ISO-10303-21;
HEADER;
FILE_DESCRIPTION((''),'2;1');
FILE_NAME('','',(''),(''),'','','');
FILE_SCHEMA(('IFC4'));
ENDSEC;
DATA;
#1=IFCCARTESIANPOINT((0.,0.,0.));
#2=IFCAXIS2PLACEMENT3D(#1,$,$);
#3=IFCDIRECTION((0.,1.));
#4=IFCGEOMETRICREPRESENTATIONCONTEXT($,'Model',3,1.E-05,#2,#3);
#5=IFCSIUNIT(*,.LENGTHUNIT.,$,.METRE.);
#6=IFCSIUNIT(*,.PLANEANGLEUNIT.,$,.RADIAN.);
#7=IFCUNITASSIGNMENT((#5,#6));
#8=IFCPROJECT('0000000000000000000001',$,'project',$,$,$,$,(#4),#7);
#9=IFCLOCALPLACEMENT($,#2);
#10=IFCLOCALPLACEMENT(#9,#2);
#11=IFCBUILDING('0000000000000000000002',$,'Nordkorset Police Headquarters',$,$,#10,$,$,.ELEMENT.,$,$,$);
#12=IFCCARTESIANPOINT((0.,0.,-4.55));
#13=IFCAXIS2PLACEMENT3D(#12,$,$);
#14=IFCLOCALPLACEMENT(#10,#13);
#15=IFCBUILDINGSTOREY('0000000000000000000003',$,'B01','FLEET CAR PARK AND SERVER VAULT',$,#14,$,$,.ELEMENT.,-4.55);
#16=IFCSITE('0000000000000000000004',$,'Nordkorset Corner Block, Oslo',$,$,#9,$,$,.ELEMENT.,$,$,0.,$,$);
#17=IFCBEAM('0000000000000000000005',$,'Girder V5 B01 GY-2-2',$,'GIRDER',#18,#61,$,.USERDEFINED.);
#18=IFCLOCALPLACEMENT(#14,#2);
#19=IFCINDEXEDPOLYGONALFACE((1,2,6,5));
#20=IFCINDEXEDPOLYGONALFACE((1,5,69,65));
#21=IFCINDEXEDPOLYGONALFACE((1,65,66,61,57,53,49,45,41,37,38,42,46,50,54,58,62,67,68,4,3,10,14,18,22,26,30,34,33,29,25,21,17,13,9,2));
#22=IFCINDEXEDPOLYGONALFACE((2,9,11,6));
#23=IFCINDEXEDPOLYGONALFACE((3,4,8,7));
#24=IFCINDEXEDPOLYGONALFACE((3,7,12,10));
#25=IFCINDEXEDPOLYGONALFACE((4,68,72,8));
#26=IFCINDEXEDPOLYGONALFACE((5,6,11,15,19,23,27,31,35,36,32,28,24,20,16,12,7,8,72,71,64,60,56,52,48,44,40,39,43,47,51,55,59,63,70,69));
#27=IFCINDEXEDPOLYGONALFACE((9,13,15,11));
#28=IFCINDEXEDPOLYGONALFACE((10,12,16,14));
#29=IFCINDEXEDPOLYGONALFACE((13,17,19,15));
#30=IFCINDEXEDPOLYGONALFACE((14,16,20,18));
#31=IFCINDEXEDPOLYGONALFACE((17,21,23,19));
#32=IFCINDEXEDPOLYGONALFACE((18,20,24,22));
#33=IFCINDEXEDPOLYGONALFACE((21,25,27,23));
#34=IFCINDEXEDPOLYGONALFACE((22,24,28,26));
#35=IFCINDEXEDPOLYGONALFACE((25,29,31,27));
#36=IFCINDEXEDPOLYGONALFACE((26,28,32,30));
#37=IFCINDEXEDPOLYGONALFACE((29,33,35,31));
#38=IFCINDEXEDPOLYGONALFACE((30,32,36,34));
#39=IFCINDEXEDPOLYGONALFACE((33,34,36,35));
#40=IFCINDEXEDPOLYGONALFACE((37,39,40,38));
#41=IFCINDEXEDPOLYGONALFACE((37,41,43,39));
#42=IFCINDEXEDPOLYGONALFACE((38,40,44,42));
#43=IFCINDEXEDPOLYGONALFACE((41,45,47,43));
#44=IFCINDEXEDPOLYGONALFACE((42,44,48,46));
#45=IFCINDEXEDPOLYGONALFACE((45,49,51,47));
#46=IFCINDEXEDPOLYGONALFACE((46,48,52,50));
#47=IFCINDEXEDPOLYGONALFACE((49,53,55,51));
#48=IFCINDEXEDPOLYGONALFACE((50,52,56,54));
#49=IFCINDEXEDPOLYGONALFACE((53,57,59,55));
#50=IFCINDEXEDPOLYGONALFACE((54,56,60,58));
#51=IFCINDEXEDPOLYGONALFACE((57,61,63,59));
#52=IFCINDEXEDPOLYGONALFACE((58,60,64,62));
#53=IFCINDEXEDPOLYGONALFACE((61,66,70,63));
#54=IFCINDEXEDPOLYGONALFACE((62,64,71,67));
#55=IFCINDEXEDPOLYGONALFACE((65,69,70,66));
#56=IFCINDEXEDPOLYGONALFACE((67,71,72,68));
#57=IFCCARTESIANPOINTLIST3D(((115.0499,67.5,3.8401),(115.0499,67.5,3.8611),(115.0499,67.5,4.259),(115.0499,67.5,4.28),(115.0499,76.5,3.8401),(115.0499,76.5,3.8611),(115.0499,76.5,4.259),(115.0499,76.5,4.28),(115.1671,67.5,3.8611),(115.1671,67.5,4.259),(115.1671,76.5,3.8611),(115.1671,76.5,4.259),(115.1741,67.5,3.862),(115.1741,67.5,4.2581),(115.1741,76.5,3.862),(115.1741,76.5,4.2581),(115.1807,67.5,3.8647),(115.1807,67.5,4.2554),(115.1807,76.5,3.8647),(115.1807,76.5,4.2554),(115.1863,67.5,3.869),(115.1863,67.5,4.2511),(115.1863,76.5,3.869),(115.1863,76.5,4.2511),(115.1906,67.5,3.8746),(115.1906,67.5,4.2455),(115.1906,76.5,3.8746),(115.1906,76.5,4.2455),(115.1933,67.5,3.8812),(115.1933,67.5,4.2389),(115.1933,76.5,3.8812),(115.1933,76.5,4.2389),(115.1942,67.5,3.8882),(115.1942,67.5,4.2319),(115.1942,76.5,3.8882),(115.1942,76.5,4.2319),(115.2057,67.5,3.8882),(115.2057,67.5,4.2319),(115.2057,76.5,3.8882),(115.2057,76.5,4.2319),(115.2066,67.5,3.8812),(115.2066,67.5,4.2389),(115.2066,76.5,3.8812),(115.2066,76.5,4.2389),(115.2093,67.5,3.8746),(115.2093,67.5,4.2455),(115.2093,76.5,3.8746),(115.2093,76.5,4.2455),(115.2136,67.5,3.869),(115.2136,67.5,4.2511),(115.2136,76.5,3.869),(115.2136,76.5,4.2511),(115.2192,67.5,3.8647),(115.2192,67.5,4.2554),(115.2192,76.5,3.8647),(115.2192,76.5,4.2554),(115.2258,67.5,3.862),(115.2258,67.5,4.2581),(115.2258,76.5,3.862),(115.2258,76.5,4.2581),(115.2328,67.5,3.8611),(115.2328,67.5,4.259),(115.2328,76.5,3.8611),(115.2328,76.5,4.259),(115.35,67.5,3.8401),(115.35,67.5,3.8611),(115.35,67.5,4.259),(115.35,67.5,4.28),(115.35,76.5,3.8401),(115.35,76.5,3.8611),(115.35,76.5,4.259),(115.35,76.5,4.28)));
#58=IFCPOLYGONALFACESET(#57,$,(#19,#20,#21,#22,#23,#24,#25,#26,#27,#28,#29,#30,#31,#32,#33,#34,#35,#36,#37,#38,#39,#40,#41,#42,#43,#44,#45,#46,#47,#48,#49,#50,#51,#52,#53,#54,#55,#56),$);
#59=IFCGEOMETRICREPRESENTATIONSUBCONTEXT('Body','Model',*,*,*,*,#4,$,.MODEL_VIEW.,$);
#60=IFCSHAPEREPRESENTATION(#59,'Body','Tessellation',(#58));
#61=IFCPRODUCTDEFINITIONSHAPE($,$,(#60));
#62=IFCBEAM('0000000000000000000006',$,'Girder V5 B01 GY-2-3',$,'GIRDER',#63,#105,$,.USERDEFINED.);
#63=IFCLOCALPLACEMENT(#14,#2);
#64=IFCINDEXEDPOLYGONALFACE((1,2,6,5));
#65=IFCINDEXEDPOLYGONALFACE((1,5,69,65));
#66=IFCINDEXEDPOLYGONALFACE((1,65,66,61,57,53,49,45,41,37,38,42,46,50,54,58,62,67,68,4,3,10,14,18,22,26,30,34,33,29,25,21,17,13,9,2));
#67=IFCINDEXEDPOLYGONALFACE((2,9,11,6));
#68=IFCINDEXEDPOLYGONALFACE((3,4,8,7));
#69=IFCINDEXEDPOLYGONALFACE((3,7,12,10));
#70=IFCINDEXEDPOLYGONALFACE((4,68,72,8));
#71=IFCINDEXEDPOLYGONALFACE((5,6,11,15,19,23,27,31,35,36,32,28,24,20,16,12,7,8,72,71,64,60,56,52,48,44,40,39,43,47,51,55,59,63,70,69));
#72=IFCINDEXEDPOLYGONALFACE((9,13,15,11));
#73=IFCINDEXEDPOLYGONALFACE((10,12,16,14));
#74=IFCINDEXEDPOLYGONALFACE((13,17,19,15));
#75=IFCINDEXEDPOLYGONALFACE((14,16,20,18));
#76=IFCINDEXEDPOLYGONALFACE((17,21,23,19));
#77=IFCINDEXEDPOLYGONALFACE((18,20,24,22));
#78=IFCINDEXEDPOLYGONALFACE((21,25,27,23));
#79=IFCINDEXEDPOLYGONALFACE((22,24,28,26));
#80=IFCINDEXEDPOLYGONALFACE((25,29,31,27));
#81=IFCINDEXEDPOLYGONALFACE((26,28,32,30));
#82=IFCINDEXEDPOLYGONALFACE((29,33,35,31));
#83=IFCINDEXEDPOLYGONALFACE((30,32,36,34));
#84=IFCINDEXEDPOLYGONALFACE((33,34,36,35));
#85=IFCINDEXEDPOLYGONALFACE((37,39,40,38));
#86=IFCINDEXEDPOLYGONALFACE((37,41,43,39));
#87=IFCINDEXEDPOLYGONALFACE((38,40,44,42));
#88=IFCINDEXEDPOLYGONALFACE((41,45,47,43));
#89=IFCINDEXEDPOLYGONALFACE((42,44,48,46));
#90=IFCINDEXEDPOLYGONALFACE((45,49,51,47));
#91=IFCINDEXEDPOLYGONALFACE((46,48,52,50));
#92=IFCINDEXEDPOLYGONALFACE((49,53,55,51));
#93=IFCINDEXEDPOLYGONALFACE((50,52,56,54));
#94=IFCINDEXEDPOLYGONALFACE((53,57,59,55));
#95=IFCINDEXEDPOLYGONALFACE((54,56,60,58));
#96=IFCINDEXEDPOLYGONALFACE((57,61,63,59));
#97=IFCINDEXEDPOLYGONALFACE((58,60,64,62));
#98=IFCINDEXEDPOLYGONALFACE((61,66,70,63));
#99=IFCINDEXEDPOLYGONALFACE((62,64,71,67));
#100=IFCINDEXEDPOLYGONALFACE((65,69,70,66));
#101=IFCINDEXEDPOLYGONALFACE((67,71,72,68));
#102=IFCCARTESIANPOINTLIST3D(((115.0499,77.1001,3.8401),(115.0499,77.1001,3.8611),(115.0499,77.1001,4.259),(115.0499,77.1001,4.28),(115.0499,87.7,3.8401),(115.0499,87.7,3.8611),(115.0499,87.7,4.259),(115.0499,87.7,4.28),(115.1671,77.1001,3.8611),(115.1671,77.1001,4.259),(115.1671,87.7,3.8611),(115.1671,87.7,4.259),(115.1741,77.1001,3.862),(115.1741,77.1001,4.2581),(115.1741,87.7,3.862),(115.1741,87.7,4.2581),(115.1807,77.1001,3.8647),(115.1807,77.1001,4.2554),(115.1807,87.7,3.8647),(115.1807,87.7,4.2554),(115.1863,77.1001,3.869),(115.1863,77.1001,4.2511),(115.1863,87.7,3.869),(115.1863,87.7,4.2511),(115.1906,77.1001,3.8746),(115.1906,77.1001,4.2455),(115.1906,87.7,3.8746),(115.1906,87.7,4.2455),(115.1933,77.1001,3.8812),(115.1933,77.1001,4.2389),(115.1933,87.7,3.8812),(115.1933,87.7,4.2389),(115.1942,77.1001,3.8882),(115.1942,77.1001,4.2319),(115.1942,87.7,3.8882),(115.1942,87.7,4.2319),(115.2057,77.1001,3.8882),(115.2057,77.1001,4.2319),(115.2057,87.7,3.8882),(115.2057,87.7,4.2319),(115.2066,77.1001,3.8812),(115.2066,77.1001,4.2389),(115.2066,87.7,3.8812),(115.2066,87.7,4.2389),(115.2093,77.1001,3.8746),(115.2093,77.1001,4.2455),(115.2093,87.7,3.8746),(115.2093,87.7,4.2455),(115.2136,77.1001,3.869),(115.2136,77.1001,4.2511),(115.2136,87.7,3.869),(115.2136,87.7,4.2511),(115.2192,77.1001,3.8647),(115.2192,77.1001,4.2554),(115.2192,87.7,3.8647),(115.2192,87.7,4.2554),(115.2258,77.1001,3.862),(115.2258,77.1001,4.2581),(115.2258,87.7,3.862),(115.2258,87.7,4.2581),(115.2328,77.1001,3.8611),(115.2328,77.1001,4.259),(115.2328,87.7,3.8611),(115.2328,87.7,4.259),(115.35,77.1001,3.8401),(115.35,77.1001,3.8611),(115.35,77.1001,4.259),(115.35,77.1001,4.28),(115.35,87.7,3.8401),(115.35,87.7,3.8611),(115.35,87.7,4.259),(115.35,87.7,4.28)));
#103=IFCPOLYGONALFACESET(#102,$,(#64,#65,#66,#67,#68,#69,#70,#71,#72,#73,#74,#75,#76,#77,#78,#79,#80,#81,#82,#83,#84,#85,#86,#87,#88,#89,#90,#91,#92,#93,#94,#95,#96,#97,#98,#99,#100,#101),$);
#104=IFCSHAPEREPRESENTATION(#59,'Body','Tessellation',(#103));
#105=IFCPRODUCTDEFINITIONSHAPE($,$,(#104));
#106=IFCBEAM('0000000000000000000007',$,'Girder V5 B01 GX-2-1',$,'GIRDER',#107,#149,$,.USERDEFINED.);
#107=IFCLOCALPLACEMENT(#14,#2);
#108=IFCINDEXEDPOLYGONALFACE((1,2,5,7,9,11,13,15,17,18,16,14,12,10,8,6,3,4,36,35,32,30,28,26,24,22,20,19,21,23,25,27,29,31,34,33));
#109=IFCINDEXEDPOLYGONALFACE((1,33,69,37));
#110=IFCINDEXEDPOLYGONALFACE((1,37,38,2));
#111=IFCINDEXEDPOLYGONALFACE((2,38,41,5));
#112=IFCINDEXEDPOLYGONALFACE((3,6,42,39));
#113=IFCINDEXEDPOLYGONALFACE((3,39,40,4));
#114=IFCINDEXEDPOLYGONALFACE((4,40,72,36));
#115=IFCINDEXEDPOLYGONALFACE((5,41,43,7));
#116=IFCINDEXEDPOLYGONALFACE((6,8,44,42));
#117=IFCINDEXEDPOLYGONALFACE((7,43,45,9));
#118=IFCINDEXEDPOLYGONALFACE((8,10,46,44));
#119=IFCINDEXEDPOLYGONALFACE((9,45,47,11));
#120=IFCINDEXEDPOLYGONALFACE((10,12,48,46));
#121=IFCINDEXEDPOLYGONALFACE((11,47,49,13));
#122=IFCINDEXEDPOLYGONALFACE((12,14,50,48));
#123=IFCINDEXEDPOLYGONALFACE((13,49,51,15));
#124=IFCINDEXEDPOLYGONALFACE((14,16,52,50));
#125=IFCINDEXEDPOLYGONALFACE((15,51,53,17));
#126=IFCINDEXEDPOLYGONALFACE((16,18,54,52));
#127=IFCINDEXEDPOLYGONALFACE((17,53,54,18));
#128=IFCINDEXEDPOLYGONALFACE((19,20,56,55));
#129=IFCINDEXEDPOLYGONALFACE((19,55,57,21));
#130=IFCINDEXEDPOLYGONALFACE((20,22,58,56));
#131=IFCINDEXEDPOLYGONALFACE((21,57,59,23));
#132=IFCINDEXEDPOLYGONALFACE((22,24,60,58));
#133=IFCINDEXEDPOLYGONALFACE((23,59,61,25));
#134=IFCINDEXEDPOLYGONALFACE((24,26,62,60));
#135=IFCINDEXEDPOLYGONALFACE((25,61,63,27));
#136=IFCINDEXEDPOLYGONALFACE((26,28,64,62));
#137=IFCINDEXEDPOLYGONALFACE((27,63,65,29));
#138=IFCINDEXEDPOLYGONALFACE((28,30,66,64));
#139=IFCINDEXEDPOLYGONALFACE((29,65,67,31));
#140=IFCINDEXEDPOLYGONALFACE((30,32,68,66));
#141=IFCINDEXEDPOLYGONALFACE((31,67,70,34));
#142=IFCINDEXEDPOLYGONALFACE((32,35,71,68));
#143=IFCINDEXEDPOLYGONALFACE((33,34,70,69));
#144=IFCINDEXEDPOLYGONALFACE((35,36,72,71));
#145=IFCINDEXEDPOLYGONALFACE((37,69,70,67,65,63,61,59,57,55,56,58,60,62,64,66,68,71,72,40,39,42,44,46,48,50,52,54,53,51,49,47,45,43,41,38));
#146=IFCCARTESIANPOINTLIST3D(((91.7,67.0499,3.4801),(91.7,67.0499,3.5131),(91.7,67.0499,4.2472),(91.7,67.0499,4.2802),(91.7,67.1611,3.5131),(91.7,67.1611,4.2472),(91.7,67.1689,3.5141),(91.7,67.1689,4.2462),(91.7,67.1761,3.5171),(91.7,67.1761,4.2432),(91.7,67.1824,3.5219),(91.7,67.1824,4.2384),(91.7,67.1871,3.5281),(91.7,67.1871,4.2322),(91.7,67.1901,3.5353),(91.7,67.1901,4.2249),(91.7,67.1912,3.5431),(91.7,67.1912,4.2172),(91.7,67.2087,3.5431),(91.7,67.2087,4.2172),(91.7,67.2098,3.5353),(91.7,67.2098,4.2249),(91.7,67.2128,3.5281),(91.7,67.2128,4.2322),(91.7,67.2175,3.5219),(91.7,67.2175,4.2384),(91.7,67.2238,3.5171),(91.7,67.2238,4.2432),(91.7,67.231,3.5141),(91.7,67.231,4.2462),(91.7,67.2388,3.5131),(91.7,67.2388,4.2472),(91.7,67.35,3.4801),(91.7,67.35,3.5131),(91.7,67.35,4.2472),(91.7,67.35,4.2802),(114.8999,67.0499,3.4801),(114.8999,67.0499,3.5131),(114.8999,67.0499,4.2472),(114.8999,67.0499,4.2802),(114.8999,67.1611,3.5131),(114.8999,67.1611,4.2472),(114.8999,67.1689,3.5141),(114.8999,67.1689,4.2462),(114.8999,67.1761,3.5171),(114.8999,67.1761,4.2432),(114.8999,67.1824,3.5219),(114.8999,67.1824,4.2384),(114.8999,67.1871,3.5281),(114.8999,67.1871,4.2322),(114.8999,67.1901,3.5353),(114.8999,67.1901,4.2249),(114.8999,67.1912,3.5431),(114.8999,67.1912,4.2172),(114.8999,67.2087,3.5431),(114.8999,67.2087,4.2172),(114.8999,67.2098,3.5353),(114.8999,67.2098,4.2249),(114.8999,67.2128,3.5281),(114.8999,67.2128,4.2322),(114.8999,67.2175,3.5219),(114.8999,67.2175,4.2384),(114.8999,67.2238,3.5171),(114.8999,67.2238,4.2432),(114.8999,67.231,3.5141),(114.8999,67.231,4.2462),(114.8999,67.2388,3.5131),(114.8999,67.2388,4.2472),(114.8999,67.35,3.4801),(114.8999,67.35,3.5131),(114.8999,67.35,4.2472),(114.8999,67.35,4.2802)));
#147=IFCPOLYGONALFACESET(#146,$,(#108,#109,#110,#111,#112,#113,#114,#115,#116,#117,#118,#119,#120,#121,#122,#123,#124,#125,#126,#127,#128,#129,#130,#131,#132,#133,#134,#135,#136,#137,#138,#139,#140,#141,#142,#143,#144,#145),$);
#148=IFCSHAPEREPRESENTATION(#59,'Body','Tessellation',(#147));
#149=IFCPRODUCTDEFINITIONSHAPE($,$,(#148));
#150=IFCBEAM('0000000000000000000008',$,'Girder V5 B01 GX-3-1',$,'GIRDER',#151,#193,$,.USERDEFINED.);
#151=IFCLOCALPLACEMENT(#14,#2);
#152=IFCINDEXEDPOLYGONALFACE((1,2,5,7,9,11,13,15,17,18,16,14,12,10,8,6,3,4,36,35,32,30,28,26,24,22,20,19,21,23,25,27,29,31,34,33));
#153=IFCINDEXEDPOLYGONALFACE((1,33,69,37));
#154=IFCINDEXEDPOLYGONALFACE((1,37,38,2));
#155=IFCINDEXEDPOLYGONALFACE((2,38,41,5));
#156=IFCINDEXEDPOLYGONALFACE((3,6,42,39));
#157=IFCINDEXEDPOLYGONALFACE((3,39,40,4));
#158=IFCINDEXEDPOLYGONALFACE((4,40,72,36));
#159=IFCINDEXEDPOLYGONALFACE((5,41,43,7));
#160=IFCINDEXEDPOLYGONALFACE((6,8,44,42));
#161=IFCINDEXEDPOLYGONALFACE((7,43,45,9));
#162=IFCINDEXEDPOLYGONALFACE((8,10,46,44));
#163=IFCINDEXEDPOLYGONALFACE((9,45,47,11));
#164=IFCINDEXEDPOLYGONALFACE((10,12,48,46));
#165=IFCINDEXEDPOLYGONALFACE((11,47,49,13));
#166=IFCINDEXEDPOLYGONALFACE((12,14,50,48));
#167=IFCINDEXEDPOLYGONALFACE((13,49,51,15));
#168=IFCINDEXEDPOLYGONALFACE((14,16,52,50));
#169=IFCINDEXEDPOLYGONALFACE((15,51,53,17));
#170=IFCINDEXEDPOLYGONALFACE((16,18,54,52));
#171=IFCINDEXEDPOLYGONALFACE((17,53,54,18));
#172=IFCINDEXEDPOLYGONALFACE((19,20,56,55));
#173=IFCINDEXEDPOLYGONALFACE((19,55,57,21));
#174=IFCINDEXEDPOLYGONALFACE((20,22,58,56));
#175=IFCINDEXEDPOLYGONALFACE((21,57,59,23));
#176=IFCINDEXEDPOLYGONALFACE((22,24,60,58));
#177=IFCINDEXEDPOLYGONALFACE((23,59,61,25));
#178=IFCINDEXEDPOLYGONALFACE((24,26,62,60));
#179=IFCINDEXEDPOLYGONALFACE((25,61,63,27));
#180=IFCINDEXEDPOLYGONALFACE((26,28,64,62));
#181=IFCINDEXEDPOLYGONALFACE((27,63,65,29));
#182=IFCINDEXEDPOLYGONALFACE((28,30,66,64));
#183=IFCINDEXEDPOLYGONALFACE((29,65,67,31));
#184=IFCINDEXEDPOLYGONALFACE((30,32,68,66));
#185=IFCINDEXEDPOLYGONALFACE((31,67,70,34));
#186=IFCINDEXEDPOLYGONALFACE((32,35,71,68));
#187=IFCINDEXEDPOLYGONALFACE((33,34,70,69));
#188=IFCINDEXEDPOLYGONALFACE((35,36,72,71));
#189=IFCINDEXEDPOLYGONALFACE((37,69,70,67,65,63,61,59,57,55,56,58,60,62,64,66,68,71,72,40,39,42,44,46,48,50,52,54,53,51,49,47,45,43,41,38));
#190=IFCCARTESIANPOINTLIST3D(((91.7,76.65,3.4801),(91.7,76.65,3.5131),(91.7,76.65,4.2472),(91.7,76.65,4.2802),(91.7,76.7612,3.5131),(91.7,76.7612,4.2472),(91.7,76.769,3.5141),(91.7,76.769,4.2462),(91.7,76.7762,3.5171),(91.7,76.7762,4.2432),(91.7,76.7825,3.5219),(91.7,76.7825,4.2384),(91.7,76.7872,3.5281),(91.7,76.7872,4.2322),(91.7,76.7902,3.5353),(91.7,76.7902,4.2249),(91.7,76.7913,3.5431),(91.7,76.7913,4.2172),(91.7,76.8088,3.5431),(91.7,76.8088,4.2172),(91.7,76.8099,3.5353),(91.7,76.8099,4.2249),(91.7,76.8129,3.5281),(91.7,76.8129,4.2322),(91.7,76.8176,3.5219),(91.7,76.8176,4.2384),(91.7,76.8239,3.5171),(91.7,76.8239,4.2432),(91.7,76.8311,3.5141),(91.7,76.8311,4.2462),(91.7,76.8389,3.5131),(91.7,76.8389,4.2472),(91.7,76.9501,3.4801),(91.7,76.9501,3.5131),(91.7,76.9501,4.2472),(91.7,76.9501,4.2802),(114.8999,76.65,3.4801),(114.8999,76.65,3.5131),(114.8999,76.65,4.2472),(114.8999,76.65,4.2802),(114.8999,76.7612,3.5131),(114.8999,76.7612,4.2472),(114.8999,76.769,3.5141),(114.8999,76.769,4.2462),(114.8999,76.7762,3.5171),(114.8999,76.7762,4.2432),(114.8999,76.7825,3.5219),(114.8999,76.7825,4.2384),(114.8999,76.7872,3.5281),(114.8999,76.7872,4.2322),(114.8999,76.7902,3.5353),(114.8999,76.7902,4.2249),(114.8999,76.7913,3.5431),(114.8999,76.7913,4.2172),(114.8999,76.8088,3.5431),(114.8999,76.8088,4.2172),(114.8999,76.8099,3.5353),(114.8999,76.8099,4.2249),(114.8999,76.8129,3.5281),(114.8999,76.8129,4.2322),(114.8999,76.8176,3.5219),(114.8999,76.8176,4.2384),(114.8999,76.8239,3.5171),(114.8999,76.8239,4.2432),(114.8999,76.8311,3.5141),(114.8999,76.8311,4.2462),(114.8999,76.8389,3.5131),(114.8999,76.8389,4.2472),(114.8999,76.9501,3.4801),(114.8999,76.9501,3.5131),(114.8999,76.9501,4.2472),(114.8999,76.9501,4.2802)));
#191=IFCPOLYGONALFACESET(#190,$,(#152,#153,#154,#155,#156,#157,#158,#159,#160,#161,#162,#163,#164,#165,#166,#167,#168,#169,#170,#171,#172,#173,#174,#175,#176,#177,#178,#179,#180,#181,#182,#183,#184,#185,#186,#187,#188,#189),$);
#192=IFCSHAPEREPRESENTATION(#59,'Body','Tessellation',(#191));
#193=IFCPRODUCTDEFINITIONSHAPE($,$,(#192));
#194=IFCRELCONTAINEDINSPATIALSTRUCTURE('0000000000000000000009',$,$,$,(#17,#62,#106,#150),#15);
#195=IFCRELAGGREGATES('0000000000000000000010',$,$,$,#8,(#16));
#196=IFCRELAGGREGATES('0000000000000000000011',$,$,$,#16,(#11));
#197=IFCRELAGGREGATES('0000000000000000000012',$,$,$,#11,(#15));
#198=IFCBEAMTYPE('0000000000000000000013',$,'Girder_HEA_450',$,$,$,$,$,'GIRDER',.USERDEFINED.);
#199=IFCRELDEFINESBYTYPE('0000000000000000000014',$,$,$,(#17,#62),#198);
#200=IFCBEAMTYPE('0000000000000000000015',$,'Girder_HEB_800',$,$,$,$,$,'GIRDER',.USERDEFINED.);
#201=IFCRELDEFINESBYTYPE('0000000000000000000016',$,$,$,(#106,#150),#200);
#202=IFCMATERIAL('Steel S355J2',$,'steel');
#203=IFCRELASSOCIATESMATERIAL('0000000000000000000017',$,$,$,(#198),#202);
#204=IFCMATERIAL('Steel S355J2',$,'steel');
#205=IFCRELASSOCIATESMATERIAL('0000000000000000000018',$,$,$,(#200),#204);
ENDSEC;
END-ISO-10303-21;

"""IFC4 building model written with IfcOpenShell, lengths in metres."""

from ifc_helpers import new_model, si_unit, direction, frame, origin, origin_2d, place, context, subcontext, project, spatial, i_section, extrude, material, material_profile, profile_set, type_object, element, save


model = new_model("IFC4")

# Units and contexts
model_context = context("Model", 3, precision=1e-05, world=origin(), true_north=direction((0.0, 1.0)))
body_context = subcontext(model_context, "Body", "Model", "MODEL_VIEW")
ifc_project = project(units=[si_unit("LENGTHUNIT", "METRE"), si_unit("PLANEANGLEUNIT", "RADIAN")], contexts=[model_context])

# Site, building, storey
site_placement = place(None, origin())
site = spatial("IfcSite", under=ifc_project, at=site_placement, Name="Nordkorset Corner Block, Oslo", CompositionType="ELEMENT", RefElevation=0.0)
building_placement = place(site_placement, origin())
building = spatial("IfcBuilding", under=site, at=building_placement, Name="Nordkorset Police Headquarters", CompositionType="ELEMENT")
storey_placement = place(building_placement, frame((0.0, 0.0, -4.55)))
storey = spatial("IfcBuildingStorey", under=building, at=storey_placement, Name="B01", Description="FLEET CAR PARK AND SERVER VAULT", CompositionType="ELEMENT", Elevation=-4.55)

# Beams
ifc_material_1 = material(Name="Steel S355J2", Category="steel")
ifc_material_profile_1 = material_profile(ifc_material_1, i_section(OverallWidth=0.3, OverallDepth=0.4399, WebThickness=0.0115, FlangeThickness=0.021, FilletRadius=0.0271, at=origin_2d()), Name="HEA 450")
ifc_profile_set_1 = profile_set([ifc_material_profile_1], Name="Steel S355J2")
beam_type_1 = type_object("IfcBeamType", Name="Girder_HEA_450", ElementType="GIRDER", PredefinedType="USERDEFINED", material=ifc_profile_set_1)
for number, where, z_axis, x_axis, name in (
    (1, (115.2, 67.5, 4.0601), (0.0, 1.0, 0.0), (-1.0, 0.0, 0.0), "Girder V5 B01 GY-2-2"),
):
    element("IfcBeam", number, at=place(storey_placement, frame(where, z_axis=z_axis, x_axis=x_axis)), inside=storey, type_object=beam_type_1, Name=name, ObjectType="GIRDER", PredefinedType="USERDEFINED", context=body_context, shape_type="SweptSolid", body=[
        extrude(i_section(OverallWidth=0.3, OverallDepth=0.4399, WebThickness=0.0115, FlangeThickness=0.021, FilletRadius=0.0271, at=origin_2d()), origin(), (0.0, 0.0, 1.0), 9.0),
    ])
beam_1_placement = place(storey_placement, frame((115.2, 77.1001, 4.0601), z_axis=(0.0, 1.0, 0.0), x_axis=(-1.0, 0.0, 0.0)))
element("IfcBeam", 2, at=beam_1_placement, inside=storey, type_object=beam_type_1, Name="Girder V5 B01 GY-2-3", ObjectType="GIRDER", PredefinedType="USERDEFINED", context=body_context, shape_type="SweptSolid", body=[
    extrude(i_section(OverallWidth=0.3, OverallDepth=0.4399, WebThickness=0.0115, FlangeThickness=0.021, FilletRadius=0.0271, at=origin_2d()), origin(), (0.0, 0.0, 1.0), 10.5999),
])
ifc_material_2 = material(Name="Steel S355J2", Category="steel")
ifc_material_profile_2 = material_profile(ifc_material_2, i_section(OverallWidth=0.3, OverallDepth=0.8, WebThickness=0.0176, FlangeThickness=0.033, FilletRadius=0.03, at=origin_2d()), Name="HEB 800")
ifc_profile_set_2 = profile_set([ifc_material_profile_2], Name="Steel S355J2")
beam_type_2 = type_object("IfcBeamType", Name="Girder_HEB_800", ElementType="GIRDER", PredefinedType="USERDEFINED", material=ifc_profile_set_2)
for number, where, z_axis, x_axis, name in (
    (3, (91.7, 67.2, 3.8801), (1.0, 0.0, 0.0), (0.0, 1.0, 0.0), "Girder V5 B01 GX-2-1"),
    (4, (91.7, 76.8, 3.8801), (1.0, 0.0, 0.0), (0.0, 1.0, 0.0), "Girder V5 B01 GX-3-1"),
):
    element("IfcBeam", number, at=place(storey_placement, frame(where, z_axis=z_axis, x_axis=x_axis)), inside=storey, type_object=beam_type_2, Name=name, ObjectType="GIRDER", PredefinedType="USERDEFINED", context=body_context, shape_type="SweptSolid", body=[
        extrude(i_section(OverallWidth=0.3, OverallDepth=0.8, WebThickness=0.0176, FlangeThickness=0.033, FilletRadius=0.03, at=origin_2d()), origin(), (0.0, 0.0, 1.0), 23.2),
    ])

save(model, "model.ifc")
